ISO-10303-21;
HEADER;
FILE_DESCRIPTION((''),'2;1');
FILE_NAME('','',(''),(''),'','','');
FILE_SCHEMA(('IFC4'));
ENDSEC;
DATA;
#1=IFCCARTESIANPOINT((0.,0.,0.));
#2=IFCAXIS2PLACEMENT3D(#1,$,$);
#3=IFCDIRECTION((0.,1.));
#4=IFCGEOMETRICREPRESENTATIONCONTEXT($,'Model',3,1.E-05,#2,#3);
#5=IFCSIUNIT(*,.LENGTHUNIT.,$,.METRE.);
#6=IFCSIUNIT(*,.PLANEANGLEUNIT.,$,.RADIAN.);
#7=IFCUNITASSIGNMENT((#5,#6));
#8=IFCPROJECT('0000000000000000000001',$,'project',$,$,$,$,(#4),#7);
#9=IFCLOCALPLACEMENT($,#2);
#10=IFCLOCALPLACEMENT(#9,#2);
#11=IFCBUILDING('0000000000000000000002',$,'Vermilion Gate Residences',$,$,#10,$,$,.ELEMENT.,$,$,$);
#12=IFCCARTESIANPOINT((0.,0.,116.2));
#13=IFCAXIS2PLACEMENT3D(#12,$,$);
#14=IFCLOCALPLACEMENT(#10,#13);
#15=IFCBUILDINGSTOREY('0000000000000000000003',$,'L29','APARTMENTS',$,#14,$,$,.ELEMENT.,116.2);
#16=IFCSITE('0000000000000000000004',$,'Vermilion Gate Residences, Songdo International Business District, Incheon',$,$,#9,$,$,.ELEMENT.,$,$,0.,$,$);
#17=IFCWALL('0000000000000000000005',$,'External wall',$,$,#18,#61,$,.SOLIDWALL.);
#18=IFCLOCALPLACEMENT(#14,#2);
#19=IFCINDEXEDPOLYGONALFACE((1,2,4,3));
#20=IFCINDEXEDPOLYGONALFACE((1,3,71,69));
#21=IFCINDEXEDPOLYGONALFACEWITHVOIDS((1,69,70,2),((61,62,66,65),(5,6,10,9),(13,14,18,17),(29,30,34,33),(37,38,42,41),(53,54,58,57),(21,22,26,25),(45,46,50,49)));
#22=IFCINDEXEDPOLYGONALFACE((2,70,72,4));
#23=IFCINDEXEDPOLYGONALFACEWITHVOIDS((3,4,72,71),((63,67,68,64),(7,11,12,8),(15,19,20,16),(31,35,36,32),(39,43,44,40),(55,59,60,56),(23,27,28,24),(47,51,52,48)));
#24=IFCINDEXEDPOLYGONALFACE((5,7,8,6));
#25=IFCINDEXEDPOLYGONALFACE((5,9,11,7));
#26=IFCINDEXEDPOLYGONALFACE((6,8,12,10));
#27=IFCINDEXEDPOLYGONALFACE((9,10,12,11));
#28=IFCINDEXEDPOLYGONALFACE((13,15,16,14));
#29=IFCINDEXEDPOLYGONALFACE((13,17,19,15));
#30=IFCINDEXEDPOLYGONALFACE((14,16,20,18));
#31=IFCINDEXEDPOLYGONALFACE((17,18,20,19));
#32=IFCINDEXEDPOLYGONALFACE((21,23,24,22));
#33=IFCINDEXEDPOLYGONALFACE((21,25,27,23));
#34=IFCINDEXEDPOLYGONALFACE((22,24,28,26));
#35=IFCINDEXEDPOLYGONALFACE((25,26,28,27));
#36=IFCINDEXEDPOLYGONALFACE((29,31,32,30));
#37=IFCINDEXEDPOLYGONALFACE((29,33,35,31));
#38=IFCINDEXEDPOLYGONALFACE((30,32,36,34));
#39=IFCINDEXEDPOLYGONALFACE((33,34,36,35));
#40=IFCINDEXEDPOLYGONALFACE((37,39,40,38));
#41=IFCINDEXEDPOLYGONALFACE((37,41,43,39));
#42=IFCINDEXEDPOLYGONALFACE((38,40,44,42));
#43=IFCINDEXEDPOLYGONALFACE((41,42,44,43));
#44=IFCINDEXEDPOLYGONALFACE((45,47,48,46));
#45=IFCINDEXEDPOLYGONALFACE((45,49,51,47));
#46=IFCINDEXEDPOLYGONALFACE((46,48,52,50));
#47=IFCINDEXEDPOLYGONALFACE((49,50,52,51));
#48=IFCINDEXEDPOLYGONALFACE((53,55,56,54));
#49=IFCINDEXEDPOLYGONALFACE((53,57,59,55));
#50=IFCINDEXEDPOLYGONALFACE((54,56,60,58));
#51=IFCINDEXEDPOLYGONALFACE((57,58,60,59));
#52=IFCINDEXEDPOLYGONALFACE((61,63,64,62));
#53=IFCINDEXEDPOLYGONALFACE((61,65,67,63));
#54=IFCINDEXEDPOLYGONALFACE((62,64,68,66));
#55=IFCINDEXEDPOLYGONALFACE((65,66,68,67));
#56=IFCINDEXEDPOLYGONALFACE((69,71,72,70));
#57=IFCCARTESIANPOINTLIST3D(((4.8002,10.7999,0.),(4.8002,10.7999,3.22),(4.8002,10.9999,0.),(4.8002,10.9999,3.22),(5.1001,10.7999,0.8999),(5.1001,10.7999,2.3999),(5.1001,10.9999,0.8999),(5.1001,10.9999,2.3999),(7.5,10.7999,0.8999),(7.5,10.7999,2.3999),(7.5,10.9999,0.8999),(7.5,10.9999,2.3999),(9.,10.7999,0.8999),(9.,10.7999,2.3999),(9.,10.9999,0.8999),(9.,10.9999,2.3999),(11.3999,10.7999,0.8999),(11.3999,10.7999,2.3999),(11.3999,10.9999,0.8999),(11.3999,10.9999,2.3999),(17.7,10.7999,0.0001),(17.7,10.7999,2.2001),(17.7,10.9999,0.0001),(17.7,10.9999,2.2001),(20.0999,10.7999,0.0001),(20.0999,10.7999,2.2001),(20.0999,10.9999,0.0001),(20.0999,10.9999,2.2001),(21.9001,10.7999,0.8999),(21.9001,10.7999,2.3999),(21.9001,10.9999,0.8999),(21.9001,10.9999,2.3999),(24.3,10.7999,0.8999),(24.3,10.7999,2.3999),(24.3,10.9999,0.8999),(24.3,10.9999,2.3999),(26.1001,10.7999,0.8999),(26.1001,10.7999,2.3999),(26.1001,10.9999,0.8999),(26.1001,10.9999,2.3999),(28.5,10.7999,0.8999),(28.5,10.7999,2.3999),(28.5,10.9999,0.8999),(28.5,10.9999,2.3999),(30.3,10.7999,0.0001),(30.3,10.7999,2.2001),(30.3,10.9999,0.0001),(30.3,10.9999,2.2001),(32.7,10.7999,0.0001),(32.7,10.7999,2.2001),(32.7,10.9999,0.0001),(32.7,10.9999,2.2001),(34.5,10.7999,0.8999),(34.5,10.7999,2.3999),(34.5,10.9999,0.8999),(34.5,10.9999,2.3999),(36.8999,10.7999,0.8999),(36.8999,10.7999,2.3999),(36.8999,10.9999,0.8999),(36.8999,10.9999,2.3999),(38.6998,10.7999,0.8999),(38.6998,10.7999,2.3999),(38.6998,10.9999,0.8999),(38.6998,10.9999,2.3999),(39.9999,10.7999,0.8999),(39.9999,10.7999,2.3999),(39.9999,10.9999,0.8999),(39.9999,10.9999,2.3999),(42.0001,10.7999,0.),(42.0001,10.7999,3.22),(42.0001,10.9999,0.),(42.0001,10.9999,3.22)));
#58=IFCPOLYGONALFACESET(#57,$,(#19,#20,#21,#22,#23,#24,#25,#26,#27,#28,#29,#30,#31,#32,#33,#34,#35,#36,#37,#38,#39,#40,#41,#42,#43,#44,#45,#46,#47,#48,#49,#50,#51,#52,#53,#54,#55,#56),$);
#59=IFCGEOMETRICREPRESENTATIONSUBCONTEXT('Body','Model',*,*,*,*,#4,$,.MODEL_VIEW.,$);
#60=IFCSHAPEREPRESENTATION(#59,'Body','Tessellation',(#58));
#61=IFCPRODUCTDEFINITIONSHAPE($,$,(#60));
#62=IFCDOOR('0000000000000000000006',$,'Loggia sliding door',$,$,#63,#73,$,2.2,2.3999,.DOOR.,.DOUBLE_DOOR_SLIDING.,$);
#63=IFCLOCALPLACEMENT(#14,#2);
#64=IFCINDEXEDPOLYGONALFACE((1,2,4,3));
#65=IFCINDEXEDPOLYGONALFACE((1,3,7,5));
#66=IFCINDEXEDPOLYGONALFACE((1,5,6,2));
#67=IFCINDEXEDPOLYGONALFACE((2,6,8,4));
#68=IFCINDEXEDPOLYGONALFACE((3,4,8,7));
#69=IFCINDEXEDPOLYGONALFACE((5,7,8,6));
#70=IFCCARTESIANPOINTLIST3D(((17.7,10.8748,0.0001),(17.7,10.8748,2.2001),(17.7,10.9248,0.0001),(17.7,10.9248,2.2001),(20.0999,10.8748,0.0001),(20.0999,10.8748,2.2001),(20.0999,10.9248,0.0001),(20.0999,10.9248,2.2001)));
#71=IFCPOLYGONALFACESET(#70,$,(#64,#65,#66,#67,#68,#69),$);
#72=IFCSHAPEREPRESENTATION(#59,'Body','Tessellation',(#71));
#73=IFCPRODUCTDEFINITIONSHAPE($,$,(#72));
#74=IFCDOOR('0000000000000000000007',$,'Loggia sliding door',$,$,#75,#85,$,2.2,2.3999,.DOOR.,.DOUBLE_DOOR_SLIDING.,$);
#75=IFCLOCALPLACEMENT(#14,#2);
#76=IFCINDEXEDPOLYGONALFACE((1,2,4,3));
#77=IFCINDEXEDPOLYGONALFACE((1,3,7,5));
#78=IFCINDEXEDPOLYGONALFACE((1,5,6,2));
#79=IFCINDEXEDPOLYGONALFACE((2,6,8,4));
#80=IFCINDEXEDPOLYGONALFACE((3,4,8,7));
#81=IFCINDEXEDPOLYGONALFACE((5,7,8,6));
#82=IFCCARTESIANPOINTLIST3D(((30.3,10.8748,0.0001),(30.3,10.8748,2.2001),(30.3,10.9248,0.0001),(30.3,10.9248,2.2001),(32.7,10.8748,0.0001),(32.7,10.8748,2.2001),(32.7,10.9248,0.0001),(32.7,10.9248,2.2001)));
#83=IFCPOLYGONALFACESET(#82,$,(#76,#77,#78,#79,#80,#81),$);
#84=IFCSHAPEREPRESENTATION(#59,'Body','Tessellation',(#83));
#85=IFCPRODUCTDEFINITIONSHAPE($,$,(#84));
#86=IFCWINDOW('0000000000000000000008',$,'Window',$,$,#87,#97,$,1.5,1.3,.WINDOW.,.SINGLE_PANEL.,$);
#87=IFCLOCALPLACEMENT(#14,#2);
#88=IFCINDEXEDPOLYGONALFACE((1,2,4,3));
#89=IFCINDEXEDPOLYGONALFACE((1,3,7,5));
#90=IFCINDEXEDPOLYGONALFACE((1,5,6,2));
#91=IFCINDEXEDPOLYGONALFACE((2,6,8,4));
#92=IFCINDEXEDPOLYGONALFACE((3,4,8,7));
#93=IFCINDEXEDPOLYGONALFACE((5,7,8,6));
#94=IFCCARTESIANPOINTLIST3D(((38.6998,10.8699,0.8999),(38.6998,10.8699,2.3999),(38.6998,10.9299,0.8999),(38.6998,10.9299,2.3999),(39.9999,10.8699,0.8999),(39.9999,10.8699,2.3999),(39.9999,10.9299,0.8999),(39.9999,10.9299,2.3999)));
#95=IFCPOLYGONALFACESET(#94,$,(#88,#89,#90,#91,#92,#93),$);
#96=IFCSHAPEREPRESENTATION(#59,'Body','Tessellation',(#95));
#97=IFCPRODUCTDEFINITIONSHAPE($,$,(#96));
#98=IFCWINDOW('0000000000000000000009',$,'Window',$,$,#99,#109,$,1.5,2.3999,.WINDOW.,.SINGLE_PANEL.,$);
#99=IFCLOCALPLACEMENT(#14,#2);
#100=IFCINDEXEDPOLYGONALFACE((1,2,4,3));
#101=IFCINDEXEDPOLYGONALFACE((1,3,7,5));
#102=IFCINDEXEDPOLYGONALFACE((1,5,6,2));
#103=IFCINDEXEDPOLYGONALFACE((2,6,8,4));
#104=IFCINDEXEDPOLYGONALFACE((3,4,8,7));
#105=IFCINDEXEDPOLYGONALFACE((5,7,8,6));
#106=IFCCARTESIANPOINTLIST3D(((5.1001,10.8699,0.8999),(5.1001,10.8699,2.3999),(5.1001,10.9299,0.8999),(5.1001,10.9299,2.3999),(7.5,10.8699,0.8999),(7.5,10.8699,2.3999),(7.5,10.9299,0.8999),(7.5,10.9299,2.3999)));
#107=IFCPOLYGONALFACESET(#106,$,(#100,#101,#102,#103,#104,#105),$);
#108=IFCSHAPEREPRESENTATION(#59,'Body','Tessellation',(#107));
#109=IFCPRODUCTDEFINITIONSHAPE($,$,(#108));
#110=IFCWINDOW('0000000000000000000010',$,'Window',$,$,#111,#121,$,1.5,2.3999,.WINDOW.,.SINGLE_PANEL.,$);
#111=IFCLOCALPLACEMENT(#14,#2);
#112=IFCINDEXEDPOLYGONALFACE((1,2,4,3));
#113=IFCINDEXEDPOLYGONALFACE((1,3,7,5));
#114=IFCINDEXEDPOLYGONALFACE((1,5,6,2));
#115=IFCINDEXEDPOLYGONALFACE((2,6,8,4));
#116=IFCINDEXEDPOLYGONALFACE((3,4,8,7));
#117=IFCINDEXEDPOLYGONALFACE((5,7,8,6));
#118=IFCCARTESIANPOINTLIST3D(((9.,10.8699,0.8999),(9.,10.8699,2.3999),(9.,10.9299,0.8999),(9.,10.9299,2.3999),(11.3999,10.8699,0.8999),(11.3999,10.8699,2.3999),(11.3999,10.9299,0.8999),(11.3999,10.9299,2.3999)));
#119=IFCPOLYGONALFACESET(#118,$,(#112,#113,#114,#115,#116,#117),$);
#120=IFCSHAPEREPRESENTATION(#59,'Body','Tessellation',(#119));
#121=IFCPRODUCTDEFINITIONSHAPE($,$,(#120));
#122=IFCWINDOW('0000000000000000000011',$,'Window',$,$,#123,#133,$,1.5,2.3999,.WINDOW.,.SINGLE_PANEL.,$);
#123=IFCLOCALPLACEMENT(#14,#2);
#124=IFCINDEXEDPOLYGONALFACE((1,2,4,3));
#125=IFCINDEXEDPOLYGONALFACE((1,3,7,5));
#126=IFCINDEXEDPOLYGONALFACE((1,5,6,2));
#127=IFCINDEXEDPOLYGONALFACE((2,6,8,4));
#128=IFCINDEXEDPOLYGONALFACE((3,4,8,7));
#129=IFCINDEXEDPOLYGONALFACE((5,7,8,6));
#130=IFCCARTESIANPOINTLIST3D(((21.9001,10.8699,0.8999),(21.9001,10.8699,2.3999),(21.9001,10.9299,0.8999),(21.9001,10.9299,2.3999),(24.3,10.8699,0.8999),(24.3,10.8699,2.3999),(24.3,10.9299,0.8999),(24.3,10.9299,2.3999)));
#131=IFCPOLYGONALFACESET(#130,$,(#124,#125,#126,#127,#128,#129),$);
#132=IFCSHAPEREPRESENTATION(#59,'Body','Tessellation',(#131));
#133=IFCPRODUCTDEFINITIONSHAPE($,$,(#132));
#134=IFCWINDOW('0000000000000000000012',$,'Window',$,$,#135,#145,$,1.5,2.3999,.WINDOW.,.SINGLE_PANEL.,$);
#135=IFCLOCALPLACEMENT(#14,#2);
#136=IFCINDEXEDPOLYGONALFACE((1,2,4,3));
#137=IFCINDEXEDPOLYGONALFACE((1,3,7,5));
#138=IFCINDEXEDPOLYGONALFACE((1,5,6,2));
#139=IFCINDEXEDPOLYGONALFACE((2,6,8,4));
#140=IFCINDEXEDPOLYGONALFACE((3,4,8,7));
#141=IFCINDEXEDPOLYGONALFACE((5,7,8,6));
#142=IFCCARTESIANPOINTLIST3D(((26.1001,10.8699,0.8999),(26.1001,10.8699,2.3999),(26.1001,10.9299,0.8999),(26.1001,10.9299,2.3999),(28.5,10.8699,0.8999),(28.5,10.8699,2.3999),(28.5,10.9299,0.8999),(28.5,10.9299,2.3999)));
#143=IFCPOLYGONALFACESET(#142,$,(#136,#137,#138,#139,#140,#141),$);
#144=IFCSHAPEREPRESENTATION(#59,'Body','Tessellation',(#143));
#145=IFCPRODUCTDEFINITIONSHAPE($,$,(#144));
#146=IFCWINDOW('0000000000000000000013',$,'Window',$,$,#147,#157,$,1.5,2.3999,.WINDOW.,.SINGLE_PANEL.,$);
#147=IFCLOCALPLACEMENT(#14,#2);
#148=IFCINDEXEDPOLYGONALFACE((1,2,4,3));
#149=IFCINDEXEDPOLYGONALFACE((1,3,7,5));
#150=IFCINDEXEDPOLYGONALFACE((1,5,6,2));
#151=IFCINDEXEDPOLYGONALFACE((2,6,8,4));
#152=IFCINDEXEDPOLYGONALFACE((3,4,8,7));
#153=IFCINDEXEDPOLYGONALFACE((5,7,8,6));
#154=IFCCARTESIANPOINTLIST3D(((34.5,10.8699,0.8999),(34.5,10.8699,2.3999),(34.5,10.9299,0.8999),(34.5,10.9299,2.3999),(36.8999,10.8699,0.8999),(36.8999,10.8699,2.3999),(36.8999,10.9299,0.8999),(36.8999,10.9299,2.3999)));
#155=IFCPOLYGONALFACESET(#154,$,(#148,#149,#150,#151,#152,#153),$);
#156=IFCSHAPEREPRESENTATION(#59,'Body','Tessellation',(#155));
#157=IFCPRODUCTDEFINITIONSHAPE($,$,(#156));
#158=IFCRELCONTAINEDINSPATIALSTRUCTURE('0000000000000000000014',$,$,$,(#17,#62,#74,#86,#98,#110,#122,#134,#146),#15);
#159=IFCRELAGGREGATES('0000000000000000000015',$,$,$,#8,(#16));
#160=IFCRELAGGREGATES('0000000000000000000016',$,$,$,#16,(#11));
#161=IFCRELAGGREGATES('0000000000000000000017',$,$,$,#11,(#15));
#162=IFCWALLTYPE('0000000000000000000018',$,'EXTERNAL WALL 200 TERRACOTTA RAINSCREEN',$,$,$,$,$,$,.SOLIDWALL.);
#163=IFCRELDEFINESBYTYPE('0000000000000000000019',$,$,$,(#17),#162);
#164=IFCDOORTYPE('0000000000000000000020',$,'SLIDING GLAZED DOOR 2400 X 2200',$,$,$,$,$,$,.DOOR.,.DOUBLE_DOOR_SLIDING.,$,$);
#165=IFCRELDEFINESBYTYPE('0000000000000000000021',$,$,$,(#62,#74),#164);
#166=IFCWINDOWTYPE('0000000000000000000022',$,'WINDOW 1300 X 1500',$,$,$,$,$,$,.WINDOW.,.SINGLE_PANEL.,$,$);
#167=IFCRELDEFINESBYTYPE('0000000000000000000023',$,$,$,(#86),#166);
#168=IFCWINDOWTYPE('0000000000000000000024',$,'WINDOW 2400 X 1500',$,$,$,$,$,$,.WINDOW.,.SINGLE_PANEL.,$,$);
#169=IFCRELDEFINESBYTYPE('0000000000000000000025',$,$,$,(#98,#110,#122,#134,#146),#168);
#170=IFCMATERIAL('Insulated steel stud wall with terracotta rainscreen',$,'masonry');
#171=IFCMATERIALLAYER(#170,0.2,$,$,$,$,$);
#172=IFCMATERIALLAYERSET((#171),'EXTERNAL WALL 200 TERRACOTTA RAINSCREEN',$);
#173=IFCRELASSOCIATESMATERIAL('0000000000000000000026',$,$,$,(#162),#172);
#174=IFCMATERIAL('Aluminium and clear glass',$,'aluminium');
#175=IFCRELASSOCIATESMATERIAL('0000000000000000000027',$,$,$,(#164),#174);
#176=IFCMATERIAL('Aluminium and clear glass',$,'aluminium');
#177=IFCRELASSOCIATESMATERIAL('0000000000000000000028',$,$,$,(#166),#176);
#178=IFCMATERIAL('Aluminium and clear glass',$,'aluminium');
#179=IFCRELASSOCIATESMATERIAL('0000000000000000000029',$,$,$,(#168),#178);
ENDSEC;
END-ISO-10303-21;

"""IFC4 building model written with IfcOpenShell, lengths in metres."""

from ifc_helpers import new_model, si_unit, direction, frame, frame_2d, origin, place, context, subcontext, project, spatial, rectangle, extrude, material, layer, layer_set, type_object, element, fill, save


model = new_model("IFC4")

# Units and contexts
model_context = context("Model", 3, precision=1e-05, world=origin(), true_north=direction((0.0, 1.0)))
body_context = subcontext(model_context, "Body", "Model", "MODEL_VIEW")
ifc_project = project(units=[si_unit("LENGTHUNIT", "METRE"), si_unit("PLANEANGLEUNIT", "RADIAN")], contexts=[model_context])

# Site, building, storey
site_placement = place(None, origin())
site = spatial("IfcSite", under=ifc_project, at=site_placement, Name="Vermilion Gate Residences, Songdo International Business District, Incheon", CompositionType="ELEMENT", RefElevation=0.0)
building_placement = place(site_placement, origin())
building = spatial("IfcBuilding", under=site, at=building_placement, Name="Vermilion Gate Residences", CompositionType="ELEMENT")
storey_placement = place(building_placement, frame((0.0, 0.0, 116.2)))
storey = spatial("IfcBuildingStorey", under=building, at=storey_placement, Name="L29", Description="APARTMENTS", CompositionType="ELEMENT", Elevation=116.2)

# Shared definitions
ifc_material_1 = material(Name="Insulated steel stud wall with terracotta rainscreen", Category="masonry")
ifc_layer_1 = layer(ifc_material_1, 0.2)
ifc_layer_set_1 = layer_set([ifc_layer_1], Name="EXTERNAL WALL 200 TERRACOTTA RAINSCREEN")
wall_type_1 = type_object("IfcWallType", Name="EXTERNAL WALL 200 TERRACOTTA RAINSCREEN", PredefinedType="SOLIDWALL", material=ifc_layer_set_1)

# Wall, openings, doors, windows
wall_1_placement = place(storey_placement, frame((4.8, 10.8999, 0.0), z_axis=(0.0, 0.0, 1.0), x_axis=(1.0, 0.0, 0.0)))
wall_1 = element("IfcWall", 1, at=wall_1_placement, inside=storey, type_object=wall_type_1, Name="External wall", PredefinedType="SOLIDWALL", context=body_context, shape_type="SweptSolid", body=[
    extrude(rectangle(XDim=37.2, YDim=0.2, at=frame_2d((18.6001, 0.0))), origin(), (0.0, 0.0, 1.0), 3.22),
])
opening_1_placement = place(wall_1_placement, frame((0.3, 0.0, 0.8999)))
opening_1 = element("IfcOpeningElement", 2, at=opening_1_placement, cuts=wall_1, PredefinedType="OPENING", context=body_context, shape_type="SweptSolid", body=[
    extrude(rectangle(XDim=2.3999, YDim=1.5, at=frame_2d((1.2, 0.75))), frame((0.0, 0.1099, 0.0), z_axis=(0.0, -1.0, 0.0), x_axis=(1.0, 0.0, 0.0)), (0.0, 0.0, 1.0), 0.22),
])
opening_2_placement = place(wall_1_placement, frame((4.2, 0.0, 0.8999)))
opening_2 = element("IfcOpeningElement", 3, at=opening_2_placement, cuts=wall_1, PredefinedType="OPENING", context=body_context, shape_type="SweptSolid", body=[
    extrude(rectangle(XDim=2.3999, YDim=1.5, at=frame_2d((1.2, 0.75))), frame((0.0, 0.1099, 0.0), z_axis=(0.0, -1.0, 0.0), x_axis=(1.0, 0.0, 0.0)), (0.0, 0.0, 1.0), 0.22),
])
opening_3_placement = place(wall_1_placement, frame((12.8999, 0.0, 0.0)))
opening_3 = element("IfcOpeningElement", 4, at=opening_3_placement, cuts=wall_1, PredefinedType="OPENING", context=body_context, shape_type="SweptSolid", body=[
    extrude(rectangle(XDim=2.3999, YDim=2.2, at=frame_2d((1.2, 1.1001))), frame((0.0, 0.1099, 0.0), z_axis=(0.0, -1.0, 0.0), x_axis=(1.0, 0.0, 0.0)), (0.0, 0.0, 1.0), 0.22),
])
opening_4_placement = place(wall_1_placement, frame((17.1001, 0.0, 0.8999)))
opening_4 = element("IfcOpeningElement", 5, at=opening_4_placement, cuts=wall_1, PredefinedType="OPENING", context=body_context, shape_type="SweptSolid", body=[
    extrude(rectangle(XDim=2.3999, YDim=1.5, at=frame_2d((1.2, 0.75))), frame((0.0, 0.1099, 0.0), z_axis=(0.0, -1.0, 0.0), x_axis=(1.0, 0.0, 0.0)), (0.0, 0.0, 1.0), 0.22),
])
opening_5_placement = place(wall_1_placement, frame((21.3, 0.0, 0.8999)))
opening_5 = element("IfcOpeningElement", 6, at=opening_5_placement, cuts=wall_1, PredefinedType="OPENING", context=body_context, shape_type="SweptSolid", body=[
    extrude(rectangle(XDim=2.3999, YDim=1.5, at=frame_2d((1.2, 0.75))), frame((0.0, 0.1099, 0.0), z_axis=(0.0, -1.0, 0.0), x_axis=(1.0, 0.0, 0.0)), (0.0, 0.0, 1.0), 0.22),
])
opening_6_placement = place(wall_1_placement, frame((25.5, 0.0, 0.0)))
opening_6 = element("IfcOpeningElement", 7, at=opening_6_placement, cuts=wall_1, PredefinedType="OPENING", context=body_context, shape_type="SweptSolid", body=[
    extrude(rectangle(XDim=2.3999, YDim=2.2, at=frame_2d((1.2, 1.1001))), frame((0.0, 0.1099, 0.0), z_axis=(0.0, -1.0, 0.0), x_axis=(1.0, 0.0, 0.0)), (0.0, 0.0, 1.0), 0.22),
])
opening_7_placement = place(wall_1_placement, frame((29.7, 0.0, 0.8999)))
opening_7 = element("IfcOpeningElement", 8, at=opening_7_placement, cuts=wall_1, PredefinedType="OPENING", context=body_context, shape_type="SweptSolid", body=[
    extrude(rectangle(XDim=2.3999, YDim=1.5, at=frame_2d((1.2, 0.75))), frame((0.0, 0.1099, 0.0), z_axis=(0.0, -1.0, 0.0), x_axis=(1.0, 0.0, 0.0)), (0.0, 0.0, 1.0), 0.22),
])
opening_8_placement = place(wall_1_placement, frame((33.8999, 0.0, 0.8999)))
opening_8 = element("IfcOpeningElement", 9, at=opening_8_placement, cuts=wall_1, PredefinedType="OPENING", context=body_context, shape_type="SweptSolid", body=[
    extrude(rectangle(XDim=1.3, YDim=1.5, at=frame_2d((0.6499, 0.75))), frame((0.0, 0.1099, 0.0), z_axis=(0.0, -1.0, 0.0), x_axis=(1.0, 0.0, 0.0)), (0.0, 0.0, 1.0), 0.22),
])
ifc_material_2 = material(Name="Aluminium and clear glass", Category="aluminium")
door_type_1 = type_object("IfcDoorType", Name="SLIDING GLAZED DOOR 2400 X 2200", OperationType="DOUBLE_DOOR_SLIDING", PredefinedType="DOOR", material=ifc_material_2)
door_1_placement = place(opening_3_placement, origin())
door_1 = element("IfcDoor", 10, at=door_1_placement, inside=storey, type_object=door_type_1, Name="Loggia sliding door", OperationType="DOUBLE_DOOR_SLIDING", OverallHeight=2.2, OverallWidth=2.3999, PredefinedType="DOOR", context=body_context, shape_type="SweptSolid", body=[
    extrude(rectangle(XDim=2.3999, YDim=2.2, at=frame_2d((1.2, 1.1001))), frame((0.0, 0.0249, 0.0), z_axis=(0.0, -1.0, 0.0), x_axis=(1.0, 0.0, 0.0)), (0.0, 0.0, 1.0), 0.05),
])
fill(opening_3, door_1)
door_2_placement = place(opening_6_placement, origin())
door_2 = element("IfcDoor", 11, at=door_2_placement, inside=storey, type_object=door_type_1, Name="Loggia sliding door", OperationType="DOUBLE_DOOR_SLIDING", OverallHeight=2.2, OverallWidth=2.3999, PredefinedType="DOOR", context=body_context, shape_type="SweptSolid", body=[
    extrude(rectangle(XDim=2.3999, YDim=2.2, at=frame_2d((1.2, 1.1001))), frame((0.0, 0.0249, 0.0), z_axis=(0.0, -1.0, 0.0), x_axis=(1.0, 0.0, 0.0)), (0.0, 0.0, 1.0), 0.05),
])
fill(opening_6, door_2)
ifc_material_3 = material(Name="Aluminium and clear glass", Category="aluminium")
window_type_1 = type_object("IfcWindowType", Name="WINDOW 1300 X 1500", PartitioningType="SINGLE_PANEL", PredefinedType="WINDOW", material=ifc_material_3)
window_1_placement = place(opening_8_placement, origin())
window_1 = element("IfcWindow", 12, at=window_1_placement, inside=storey, type_object=window_type_1, Name="Window", OverallHeight=1.5, OverallWidth=1.3, PartitioningType="SINGLE_PANEL", PredefinedType="WINDOW", context=body_context, shape_type="SweptSolid", body=[
    extrude(rectangle(XDim=1.3, YDim=1.5, at=frame_2d((0.6499, 0.75))), frame((0.0, 0.03, 0.0), z_axis=(0.0, -1.0, 0.0), x_axis=(1.0, 0.0, 0.0)), (0.0, 0.0, 1.0), 0.0601),
])
fill(opening_8, window_1)
ifc_material_4 = material(Name="Aluminium and clear glass", Category="aluminium")
window_type_2 = type_object("IfcWindowType", Name="WINDOW 2400 X 1500", PartitioningType="SINGLE_PANEL", PredefinedType="WINDOW", material=ifc_material_4)
window_2_placement = place(opening_1_placement, origin())
window_2 = element("IfcWindow", 13, at=window_2_placement, inside=storey, type_object=window_type_2, Name="Window", OverallHeight=1.5, OverallWidth=2.3999, PartitioningType="SINGLE_PANEL", PredefinedType="WINDOW", context=body_context, shape_type="SweptSolid", body=[
    extrude(rectangle(XDim=2.3999, YDim=1.5, at=frame_2d((1.2, 0.75))), frame((0.0, 0.03, 0.0), z_axis=(0.0, -1.0, 0.0), x_axis=(1.0, 0.0, 0.0)), (0.0, 0.0, 1.0), 0.0601),
])
fill(opening_1, window_2)
window_3_placement = place(opening_2_placement, origin())
window_3 = element("IfcWindow", 14, at=window_3_placement, inside=storey, type_object=window_type_2, Name="Window", OverallHeight=1.5, OverallWidth=2.3999, PartitioningType="SINGLE_PANEL", PredefinedType="WINDOW", context=body_context, shape_type="SweptSolid", body=[
    extrude(rectangle(XDim=2.3999, YDim=1.5, at=frame_2d((1.2, 0.75))), frame((0.0, 0.03, 0.0), z_axis=(0.0, -1.0, 0.0), x_axis=(1.0, 0.0, 0.0)), (0.0, 0.0, 1.0), 0.0601),
])
fill(opening_2, window_3)
window_4_placement = place(opening_4_placement, origin())
window_4 = element("IfcWindow", 15, at=window_4_placement, inside=storey, type_object=window_type_2, Name="Window", OverallHeight=1.5, OverallWidth=2.3999, PartitioningType="SINGLE_PANEL", PredefinedType="WINDOW", context=body_context, shape_type="SweptSolid", body=[
    extrude(rectangle(XDim=2.3999, YDim=1.5, at=frame_2d((1.2, 0.75))), frame((0.0, 0.03, 0.0), z_axis=(0.0, -1.0, 0.0), x_axis=(1.0, 0.0, 0.0)), (0.0, 0.0, 1.0), 0.0601),
])
fill(opening_4, window_4)
window_5_placement = place(opening_5_placement, origin())
window_5 = element("IfcWindow", 16, at=window_5_placement, inside=storey, type_object=window_type_2, Name="Window", OverallHeight=1.5, OverallWidth=2.3999, PartitioningType="SINGLE_PANEL", PredefinedType="WINDOW", context=body_context, shape_type="SweptSolid", body=[
    extrude(rectangle(XDim=2.3999, YDim=1.5, at=frame_2d((1.2, 0.75))), frame((0.0, 0.03, 0.0), z_axis=(0.0, -1.0, 0.0), x_axis=(1.0, 0.0, 0.0)), (0.0, 0.0, 1.0), 0.0601),
])
fill(opening_5, window_5)
window_6_placement = place(opening_7_placement, origin())
window_6 = element("IfcWindow", 17, at=window_6_placement, inside=storey, type_object=window_type_2, Name="Window", OverallHeight=1.5, OverallWidth=2.3999, PartitioningType="SINGLE_PANEL", PredefinedType="WINDOW", context=body_context, shape_type="SweptSolid", body=[
    extrude(rectangle(XDim=2.3999, YDim=1.5, at=frame_2d((1.2, 0.75))), frame((0.0, 0.03, 0.0), z_axis=(0.0, -1.0, 0.0), x_axis=(1.0, 0.0, 0.0)), (0.0, 0.0, 1.0), 0.0601),
])
fill(opening_7, window_6)

save(model, "model.ifc")
